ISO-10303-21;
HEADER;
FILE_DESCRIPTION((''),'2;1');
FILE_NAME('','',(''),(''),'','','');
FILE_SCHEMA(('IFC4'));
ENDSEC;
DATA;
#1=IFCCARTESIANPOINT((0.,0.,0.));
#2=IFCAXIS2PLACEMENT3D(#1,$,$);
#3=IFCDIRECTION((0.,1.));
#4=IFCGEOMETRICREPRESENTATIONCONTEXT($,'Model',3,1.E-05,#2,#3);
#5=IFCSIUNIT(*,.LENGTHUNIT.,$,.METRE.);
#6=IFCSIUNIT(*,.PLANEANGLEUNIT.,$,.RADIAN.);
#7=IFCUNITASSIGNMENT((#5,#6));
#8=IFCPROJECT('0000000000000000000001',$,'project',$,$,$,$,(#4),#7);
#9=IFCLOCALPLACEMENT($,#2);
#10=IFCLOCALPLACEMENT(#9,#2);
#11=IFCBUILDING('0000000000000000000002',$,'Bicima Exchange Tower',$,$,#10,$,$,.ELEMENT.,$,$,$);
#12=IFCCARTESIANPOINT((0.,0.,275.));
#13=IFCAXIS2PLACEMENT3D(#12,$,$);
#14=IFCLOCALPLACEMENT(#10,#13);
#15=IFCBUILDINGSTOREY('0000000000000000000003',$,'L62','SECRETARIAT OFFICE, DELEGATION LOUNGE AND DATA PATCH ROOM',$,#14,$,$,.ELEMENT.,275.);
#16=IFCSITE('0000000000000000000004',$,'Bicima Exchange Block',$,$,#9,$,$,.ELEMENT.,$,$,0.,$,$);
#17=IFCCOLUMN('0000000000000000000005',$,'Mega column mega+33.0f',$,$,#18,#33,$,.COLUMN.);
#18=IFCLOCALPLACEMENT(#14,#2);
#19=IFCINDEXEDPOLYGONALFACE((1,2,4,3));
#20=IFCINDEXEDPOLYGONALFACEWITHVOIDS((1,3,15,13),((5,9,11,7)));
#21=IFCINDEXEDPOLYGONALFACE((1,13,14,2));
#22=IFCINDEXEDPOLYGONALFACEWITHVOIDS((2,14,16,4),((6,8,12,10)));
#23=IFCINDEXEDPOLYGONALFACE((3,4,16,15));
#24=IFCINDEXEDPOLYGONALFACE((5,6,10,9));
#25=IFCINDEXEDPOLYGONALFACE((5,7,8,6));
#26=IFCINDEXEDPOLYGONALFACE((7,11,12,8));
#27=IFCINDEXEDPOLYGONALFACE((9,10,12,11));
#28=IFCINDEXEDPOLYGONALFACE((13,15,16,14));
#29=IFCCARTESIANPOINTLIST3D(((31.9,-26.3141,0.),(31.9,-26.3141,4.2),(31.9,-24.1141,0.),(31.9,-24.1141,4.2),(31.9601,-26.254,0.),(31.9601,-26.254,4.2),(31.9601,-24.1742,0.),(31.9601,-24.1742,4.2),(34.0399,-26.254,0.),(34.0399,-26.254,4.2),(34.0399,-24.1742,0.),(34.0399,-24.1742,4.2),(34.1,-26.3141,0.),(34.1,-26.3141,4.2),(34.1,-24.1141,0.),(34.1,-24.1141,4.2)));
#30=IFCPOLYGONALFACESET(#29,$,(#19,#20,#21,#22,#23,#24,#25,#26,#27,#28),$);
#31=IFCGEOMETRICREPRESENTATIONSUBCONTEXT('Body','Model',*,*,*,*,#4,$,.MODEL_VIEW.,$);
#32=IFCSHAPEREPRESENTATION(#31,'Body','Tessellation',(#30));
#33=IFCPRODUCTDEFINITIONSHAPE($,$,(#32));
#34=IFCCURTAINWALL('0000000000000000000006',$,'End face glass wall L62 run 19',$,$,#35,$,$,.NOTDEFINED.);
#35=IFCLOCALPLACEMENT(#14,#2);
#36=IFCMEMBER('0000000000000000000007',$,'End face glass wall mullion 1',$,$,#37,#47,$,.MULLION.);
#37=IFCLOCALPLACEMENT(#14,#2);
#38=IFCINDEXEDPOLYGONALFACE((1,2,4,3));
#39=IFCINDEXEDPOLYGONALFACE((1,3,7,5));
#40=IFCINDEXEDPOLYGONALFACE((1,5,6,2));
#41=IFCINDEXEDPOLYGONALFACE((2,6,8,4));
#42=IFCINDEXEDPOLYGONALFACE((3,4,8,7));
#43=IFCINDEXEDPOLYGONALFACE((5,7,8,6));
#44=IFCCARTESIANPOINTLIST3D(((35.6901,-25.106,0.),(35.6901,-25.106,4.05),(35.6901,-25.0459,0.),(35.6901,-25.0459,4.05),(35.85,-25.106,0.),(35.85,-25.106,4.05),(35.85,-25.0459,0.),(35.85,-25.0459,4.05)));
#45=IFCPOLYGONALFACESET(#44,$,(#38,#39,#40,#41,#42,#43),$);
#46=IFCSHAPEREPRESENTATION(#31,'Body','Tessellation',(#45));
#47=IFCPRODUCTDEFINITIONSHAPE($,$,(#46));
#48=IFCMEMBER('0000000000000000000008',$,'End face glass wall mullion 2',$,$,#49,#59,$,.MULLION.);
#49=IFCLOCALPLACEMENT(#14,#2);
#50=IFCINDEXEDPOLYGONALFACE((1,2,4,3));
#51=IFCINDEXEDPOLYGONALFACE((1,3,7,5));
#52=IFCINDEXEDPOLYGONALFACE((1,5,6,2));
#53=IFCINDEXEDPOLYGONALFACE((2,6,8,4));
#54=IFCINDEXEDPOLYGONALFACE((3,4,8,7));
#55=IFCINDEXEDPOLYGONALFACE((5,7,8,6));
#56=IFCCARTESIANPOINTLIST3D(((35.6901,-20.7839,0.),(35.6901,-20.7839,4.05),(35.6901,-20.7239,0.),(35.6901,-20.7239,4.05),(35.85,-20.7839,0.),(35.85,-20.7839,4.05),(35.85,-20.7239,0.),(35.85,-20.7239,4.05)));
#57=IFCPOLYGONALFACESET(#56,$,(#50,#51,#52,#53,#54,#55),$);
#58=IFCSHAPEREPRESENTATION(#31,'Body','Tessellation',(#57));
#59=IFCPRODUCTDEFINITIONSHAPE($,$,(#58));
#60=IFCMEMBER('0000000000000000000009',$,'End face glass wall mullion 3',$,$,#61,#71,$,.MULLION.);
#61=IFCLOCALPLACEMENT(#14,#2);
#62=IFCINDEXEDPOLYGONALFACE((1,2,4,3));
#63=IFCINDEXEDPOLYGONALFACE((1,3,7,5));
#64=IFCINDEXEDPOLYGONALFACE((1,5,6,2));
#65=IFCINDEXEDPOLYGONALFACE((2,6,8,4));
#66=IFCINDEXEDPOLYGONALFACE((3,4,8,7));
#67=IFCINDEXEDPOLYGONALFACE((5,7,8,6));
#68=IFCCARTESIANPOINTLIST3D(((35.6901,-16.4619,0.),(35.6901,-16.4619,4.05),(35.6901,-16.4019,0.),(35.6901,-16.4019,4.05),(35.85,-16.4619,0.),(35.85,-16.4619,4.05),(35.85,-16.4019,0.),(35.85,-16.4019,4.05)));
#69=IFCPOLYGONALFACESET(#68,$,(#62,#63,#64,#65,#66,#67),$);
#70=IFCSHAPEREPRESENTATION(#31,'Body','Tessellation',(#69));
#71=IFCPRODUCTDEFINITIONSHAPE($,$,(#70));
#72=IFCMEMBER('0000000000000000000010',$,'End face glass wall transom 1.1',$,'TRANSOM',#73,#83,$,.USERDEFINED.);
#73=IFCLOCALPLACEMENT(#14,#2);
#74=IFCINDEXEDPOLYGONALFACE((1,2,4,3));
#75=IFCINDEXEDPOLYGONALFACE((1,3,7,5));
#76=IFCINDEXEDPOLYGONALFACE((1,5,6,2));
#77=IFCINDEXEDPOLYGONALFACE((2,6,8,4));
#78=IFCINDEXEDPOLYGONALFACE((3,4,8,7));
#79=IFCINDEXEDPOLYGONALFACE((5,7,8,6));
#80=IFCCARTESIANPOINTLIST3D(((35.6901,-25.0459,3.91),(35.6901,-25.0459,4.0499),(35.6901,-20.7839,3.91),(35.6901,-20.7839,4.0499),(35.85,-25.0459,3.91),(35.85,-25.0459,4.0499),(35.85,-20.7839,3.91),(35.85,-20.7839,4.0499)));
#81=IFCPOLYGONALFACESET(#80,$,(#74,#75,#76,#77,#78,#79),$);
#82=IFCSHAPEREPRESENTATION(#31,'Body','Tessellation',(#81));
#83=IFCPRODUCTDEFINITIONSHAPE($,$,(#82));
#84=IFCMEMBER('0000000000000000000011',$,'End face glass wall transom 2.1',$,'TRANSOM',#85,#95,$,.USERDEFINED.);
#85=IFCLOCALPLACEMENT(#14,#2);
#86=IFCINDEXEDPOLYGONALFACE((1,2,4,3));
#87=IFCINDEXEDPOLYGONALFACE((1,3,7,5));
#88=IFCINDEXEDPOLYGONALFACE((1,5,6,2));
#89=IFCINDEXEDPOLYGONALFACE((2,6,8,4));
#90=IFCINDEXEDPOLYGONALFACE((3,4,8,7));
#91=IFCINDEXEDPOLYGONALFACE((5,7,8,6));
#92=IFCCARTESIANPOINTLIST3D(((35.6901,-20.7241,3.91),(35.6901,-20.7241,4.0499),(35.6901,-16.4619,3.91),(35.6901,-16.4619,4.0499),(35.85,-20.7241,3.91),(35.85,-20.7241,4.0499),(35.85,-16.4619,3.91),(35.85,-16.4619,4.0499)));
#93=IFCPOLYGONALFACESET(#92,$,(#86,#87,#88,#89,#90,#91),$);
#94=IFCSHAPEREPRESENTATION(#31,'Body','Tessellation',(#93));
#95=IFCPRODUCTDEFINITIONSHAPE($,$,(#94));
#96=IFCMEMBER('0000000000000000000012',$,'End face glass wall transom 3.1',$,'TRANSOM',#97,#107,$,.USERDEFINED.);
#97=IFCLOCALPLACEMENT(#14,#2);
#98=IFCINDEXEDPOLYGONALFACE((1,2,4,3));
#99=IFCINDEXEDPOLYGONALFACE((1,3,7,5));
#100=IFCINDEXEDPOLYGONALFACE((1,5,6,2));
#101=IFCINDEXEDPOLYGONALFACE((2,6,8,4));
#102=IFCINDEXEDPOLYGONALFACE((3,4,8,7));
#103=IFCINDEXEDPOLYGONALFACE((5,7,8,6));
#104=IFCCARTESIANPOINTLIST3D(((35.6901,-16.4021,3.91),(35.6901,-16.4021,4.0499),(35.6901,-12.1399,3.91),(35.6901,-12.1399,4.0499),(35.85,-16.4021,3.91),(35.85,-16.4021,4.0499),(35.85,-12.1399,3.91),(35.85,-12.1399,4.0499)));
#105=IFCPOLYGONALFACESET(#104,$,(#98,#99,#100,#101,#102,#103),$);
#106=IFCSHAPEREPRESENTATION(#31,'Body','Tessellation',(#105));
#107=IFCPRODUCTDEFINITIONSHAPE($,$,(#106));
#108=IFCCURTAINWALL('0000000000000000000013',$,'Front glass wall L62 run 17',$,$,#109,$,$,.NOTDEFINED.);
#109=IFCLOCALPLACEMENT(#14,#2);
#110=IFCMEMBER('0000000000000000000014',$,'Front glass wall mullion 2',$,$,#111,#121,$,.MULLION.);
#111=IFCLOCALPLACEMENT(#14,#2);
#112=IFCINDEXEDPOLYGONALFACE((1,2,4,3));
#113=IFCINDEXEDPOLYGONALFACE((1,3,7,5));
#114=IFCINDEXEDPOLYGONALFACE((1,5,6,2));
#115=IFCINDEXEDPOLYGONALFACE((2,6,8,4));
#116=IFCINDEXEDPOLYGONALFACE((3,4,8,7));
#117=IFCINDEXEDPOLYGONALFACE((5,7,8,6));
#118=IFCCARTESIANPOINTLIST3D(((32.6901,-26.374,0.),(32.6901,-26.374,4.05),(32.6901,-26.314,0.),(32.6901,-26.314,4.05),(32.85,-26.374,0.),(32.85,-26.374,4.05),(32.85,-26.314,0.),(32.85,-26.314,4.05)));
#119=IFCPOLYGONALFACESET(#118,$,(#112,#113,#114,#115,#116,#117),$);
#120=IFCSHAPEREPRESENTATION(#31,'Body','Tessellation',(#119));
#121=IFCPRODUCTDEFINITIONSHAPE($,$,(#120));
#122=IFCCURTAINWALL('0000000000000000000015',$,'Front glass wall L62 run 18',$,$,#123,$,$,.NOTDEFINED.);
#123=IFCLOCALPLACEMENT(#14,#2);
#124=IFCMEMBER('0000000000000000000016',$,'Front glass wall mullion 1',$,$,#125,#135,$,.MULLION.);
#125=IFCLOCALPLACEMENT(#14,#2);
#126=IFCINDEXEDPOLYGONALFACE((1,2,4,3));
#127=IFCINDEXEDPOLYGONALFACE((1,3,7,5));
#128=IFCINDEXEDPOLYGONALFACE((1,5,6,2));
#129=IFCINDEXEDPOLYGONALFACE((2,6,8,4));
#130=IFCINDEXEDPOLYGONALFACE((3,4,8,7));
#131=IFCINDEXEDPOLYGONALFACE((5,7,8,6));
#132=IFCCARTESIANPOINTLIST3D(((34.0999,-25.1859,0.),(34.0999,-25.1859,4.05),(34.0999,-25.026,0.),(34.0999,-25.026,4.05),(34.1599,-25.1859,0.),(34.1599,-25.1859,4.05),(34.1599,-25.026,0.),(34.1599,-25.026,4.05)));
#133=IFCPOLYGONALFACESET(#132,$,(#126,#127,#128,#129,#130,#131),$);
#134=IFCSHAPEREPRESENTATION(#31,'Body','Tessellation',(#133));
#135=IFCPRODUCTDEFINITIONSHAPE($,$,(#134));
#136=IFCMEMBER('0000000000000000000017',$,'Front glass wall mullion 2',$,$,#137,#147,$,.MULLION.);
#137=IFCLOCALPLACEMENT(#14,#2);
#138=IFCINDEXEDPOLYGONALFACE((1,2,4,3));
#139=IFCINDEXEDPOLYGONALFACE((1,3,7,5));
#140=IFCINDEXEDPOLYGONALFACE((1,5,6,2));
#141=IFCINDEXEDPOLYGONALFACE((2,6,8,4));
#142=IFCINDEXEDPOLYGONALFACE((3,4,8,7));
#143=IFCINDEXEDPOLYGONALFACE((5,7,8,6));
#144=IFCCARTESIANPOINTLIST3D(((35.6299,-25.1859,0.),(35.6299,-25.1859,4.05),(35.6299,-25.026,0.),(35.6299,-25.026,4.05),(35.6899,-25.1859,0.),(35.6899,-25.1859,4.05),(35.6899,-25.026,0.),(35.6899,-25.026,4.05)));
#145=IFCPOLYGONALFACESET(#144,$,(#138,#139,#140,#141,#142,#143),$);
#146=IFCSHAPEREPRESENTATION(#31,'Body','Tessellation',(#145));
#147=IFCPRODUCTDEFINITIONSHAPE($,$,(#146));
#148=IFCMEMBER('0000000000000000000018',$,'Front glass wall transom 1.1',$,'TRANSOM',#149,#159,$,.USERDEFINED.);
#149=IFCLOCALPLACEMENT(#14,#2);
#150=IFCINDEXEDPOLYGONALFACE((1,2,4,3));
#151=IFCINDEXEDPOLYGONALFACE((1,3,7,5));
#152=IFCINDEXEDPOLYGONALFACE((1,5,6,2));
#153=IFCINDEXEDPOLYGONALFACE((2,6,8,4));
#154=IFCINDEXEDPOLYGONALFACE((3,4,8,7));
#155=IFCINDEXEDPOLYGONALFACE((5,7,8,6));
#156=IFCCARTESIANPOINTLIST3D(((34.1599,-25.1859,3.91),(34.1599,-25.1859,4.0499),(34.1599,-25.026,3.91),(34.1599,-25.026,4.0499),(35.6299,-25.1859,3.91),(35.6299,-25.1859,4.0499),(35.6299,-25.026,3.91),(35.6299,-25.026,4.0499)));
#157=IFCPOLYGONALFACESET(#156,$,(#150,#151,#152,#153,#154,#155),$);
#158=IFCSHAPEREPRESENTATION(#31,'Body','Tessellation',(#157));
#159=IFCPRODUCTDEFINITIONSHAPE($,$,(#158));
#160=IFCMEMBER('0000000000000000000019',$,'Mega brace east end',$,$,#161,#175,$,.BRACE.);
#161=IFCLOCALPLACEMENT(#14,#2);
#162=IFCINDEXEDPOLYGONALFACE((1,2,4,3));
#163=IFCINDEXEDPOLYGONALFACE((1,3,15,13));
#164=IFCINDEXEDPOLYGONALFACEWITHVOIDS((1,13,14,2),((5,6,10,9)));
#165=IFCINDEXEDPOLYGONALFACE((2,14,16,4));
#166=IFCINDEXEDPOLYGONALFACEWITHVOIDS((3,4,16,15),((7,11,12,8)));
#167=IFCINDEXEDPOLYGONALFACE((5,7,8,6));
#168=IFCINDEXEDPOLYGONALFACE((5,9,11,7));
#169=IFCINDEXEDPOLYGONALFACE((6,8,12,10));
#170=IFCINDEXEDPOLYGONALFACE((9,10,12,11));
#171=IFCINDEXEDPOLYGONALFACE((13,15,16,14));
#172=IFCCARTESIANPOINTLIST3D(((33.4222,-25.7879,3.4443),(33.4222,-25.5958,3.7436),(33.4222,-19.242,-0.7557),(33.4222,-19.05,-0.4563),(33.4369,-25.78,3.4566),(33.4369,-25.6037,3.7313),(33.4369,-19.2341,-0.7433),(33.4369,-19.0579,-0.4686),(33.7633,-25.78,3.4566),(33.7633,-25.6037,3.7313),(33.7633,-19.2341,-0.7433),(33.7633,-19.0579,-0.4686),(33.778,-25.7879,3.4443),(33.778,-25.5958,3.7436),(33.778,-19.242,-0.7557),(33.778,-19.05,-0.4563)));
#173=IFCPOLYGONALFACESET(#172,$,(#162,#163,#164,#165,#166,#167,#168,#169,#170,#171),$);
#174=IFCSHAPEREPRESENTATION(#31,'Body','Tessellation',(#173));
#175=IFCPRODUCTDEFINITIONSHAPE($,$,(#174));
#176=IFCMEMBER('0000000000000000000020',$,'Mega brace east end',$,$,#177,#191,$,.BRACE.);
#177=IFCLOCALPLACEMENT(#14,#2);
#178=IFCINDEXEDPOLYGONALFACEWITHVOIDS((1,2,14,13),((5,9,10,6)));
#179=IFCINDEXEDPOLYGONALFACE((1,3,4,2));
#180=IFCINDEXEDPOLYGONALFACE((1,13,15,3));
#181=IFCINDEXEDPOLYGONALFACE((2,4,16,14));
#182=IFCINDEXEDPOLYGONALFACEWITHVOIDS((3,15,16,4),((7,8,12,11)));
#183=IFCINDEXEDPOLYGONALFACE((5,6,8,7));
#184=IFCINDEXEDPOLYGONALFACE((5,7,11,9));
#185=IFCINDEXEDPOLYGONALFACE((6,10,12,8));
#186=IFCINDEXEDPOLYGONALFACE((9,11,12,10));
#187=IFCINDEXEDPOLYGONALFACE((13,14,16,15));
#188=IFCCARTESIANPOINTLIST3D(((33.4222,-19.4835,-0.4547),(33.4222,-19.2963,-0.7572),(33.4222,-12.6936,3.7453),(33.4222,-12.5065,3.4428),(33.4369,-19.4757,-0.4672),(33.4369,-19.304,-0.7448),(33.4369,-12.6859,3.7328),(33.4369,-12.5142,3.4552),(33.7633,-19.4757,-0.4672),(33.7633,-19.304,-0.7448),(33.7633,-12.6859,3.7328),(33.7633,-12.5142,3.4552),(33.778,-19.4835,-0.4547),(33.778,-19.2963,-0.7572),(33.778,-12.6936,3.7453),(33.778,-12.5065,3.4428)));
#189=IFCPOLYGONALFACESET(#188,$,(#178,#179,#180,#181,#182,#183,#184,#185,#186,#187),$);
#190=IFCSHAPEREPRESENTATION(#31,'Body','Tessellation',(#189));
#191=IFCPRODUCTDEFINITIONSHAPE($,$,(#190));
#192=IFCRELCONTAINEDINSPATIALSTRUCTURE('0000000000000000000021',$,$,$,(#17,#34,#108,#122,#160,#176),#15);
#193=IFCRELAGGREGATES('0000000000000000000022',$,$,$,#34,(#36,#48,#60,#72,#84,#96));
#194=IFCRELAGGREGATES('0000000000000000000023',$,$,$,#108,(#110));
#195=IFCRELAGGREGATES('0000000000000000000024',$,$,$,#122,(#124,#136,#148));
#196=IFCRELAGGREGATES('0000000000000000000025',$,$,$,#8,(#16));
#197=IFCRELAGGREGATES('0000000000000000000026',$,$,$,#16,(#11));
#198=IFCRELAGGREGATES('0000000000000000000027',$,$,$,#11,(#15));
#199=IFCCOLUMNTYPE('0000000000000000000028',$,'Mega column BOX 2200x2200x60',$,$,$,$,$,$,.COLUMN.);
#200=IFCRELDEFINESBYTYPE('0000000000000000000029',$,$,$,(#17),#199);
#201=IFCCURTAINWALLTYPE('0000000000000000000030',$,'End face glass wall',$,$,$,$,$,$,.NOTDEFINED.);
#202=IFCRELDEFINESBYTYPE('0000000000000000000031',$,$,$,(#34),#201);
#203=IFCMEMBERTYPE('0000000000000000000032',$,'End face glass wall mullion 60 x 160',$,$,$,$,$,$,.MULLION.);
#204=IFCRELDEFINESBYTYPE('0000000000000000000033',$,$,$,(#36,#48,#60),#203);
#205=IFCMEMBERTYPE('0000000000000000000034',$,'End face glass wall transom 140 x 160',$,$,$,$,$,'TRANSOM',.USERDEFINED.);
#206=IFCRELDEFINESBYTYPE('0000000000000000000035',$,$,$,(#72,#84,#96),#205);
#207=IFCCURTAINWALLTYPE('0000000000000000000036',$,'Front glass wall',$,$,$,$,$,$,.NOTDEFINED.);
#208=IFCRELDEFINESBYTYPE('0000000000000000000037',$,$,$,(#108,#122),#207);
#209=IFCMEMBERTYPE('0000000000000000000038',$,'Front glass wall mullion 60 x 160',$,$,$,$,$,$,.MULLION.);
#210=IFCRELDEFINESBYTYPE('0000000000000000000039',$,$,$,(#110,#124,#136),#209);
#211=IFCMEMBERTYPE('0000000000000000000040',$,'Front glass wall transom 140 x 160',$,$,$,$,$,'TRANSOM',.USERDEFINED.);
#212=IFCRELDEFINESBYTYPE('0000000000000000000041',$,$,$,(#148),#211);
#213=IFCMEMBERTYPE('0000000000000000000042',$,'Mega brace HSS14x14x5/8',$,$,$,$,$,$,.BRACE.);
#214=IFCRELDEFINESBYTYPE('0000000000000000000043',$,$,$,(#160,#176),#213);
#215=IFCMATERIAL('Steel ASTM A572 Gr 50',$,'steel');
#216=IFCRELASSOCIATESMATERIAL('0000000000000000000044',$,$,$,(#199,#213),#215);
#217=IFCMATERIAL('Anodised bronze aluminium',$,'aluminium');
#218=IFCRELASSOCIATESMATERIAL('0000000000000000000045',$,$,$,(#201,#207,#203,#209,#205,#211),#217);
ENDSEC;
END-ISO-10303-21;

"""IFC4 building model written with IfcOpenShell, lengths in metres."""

from ifc_helpers import new_model, si_unit, direction, frame, origin, origin_2d, place, context, subcontext, project, spatial, rectangle, hollow_rectangle, extrude, material, material_profile, profile_set, type_object, element, aggregate, save


model = new_model("IFC4")

# Units and contexts
model_context = context("Model", 3, precision=1e-05, world=origin(), true_north=direction((0.0, 1.0)))
body_context = subcontext(model_context, "Body", "Model", "MODEL_VIEW")
ifc_project = project(units=[si_unit("LENGTHUNIT", "METRE"), si_unit("PLANEANGLEUNIT", "RADIAN")], contexts=[model_context])

# Site, building, storey
site_placement = place(None, origin())
site = spatial("IfcSite", under=ifc_project, at=site_placement, Name="Bicima Exchange Block", CompositionType="ELEMENT", RefElevation=0.0)
building_placement = place(site_placement, origin())
building = spatial("IfcBuilding", under=site, at=building_placement, Name="Bicima Exchange Tower", CompositionType="ELEMENT")
storey_placement = place(building_placement, frame((0.0, 0.0, 275.0)))
storey = spatial("IfcBuildingStorey", under=building, at=storey_placement, Name="L62", Description="SECRETARIAT OFFICE, DELEGATION LOUNGE AND DATA PATCH ROOM", CompositionType="ELEMENT", Elevation=275.0)

# Column
ifc_material_1 = material(Name="Steel ASTM A572 Gr 50", Category="steel")
ifc_material_profile_1 = material_profile(ifc_material_1, hollow_rectangle(XDim=2.2, YDim=2.2, WallThickness=0.0601, at=origin_2d()))
ifc_profile_set_1 = profile_set([ifc_material_profile_1], Name="Steel ASTM A572 Gr 50")
column_type = type_object("IfcColumnType", Name="Mega column BOX 2200x2200x60", PredefinedType="COLUMN", material=ifc_profile_set_1)
column_placement = place(storey_placement, frame((33.0, -25.2141, 0.0), z_axis=(0.0, 0.0, 1.0), x_axis=(1.0, 0.0, 0.0)))
element("IfcColumn", 1, at=column_placement, inside=storey, type_object=column_type, Name="Mega column mega+33.0f", PredefinedType="COLUMN", context=body_context, shape_type="SweptSolid", body=[
    extrude(hollow_rectangle(XDim=2.2, YDim=2.2, WallThickness=0.0601, at=origin_2d()), origin(), (0.0, 0.0, 1.0), 4.2),
])

# Curtain wall, members
ifc_material_2 = material(Name="Anodised bronze aluminium", Category="aluminium")
curtain_wall_type_1 = type_object("IfcCurtainWallType", Name="End face glass wall", PredefinedType="NOTDEFINED", material=ifc_material_2)
curtain_wall_1_placement = place(storey_placement, origin())
curtain_wall_1 = element("IfcCurtainWall", 2, at=curtain_wall_1_placement, inside=storey, type_object=curtain_wall_type_1, Name="End face glass wall L62 run 19", PredefinedType="NOTDEFINED")
ifc_material_profile_2 = material_profile(ifc_material_2, rectangle(XDim=0.1599, YDim=0.0601, at=origin_2d()))
ifc_profile_set_2 = profile_set([ifc_material_profile_2], Name="Anodised bronze aluminium")
member_type_1 = type_object("IfcMemberType", Name="End face glass wall mullion 60 x 160", PredefinedType="MULLION", material=ifc_profile_set_2)
member_1_placement = place(storey_placement, frame((35.77, -25.0759, 0.0), z_axis=(0.0, 0.0, 1.0), x_axis=(-1.0, 0.0, 0.0)))
member_1 = element("IfcMember", 3, at=member_1_placement, type_object=member_type_1, Name="End face glass wall mullion 1", PredefinedType="MULLION", context=body_context, shape_type="SweptSolid", body=[
    extrude(rectangle(XDim=0.1599, YDim=0.0601, at=origin_2d()), origin(), (0.0, 0.0, 1.0), 4.05),
])
member_2_placement = place(storey_placement, frame((35.77, -20.7539, 0.0), z_axis=(0.0, 0.0, 1.0), x_axis=(-1.0, 0.0, 0.0)))
member_2 = element("IfcMember", 4, at=member_2_placement, type_object=member_type_1, Name="End face glass wall mullion 2", PredefinedType="MULLION", context=body_context, shape_type="SweptSolid", body=[
    extrude(rectangle(XDim=0.1599, YDim=0.0601, at=origin_2d()), origin(), (0.0, 0.0, 1.0), 4.05),
])
member_3_placement = place(storey_placement, frame((35.77, -16.4319, 0.0), z_axis=(0.0, 0.0, 1.0), x_axis=(-1.0, 0.0, 0.0)))
member_3 = element("IfcMember", 5, at=member_3_placement, type_object=member_type_1, Name="End face glass wall mullion 3", PredefinedType="MULLION", context=body_context, shape_type="SweptSolid", body=[
    extrude(rectangle(XDim=0.1599, YDim=0.0601, at=origin_2d()), origin(), (0.0, 0.0, 1.0), 4.05),
])
ifc_material_profile_3 = material_profile(ifc_material_2, rectangle(XDim=0.1599, YDim=0.1399, at=origin_2d()))
ifc_profile_set_3 = profile_set([ifc_material_profile_3], Name="Anodised bronze aluminium")
member_type_2 = type_object("IfcMemberType", Name="End face glass wall transom 140 x 160", ElementType="TRANSOM", PredefinedType="USERDEFINED", material=ifc_profile_set_3)
member_4_placement = place(storey_placement, frame((35.77, -25.0459, 3.98), z_axis=(0.0, 1.0, 0.0), x_axis=(-1.0, 0.0, 0.0)))
member_4 = element("IfcMember", 6, at=member_4_placement, type_object=member_type_2, Name="End face glass wall transom 1.1", ObjectType="TRANSOM", PredefinedType="USERDEFINED", context=body_context, shape_type="SweptSolid", body=[
    extrude(rectangle(XDim=0.1599, YDim=0.1399, at=origin_2d()), origin(), (0.0, 0.0, 1.0), 4.262),
])
member_5_placement = place(storey_placement, frame((35.77, -20.7241, 3.98), z_axis=(0.0, 1.0, 0.0), x_axis=(-1.0, 0.0, 0.0)))
member_5 = element("IfcMember", 7, at=member_5_placement, type_object=member_type_2, Name="End face glass wall transom 2.1", ObjectType="TRANSOM", PredefinedType="USERDEFINED", context=body_context, shape_type="SweptSolid", body=[
    extrude(rectangle(XDim=0.1599, YDim=0.1399, at=origin_2d()), origin(), (0.0, 0.0, 1.0), 4.2622),
])
member_6_placement = place(storey_placement, frame((35.77, -16.4021, 3.98), z_axis=(0.0, 1.0, 0.0), x_axis=(-1.0, 0.0, 0.0)))
member_6 = element("IfcMember", 8, at=member_6_placement, type_object=member_type_2, Name="End face glass wall transom 3.1", ObjectType="TRANSOM", PredefinedType="USERDEFINED", context=body_context, shape_type="SweptSolid", body=[
    extrude(rectangle(XDim=0.1599, YDim=0.1399, at=origin_2d()), origin(), (0.0, 0.0, 1.0), 4.2622),
])

# Curtain wall, member
curtain_wall_type_2 = type_object("IfcCurtainWallType", Name="Front glass wall", PredefinedType="NOTDEFINED", material=ifc_material_2)
curtain_wall_2_placement = place(storey_placement, origin())
curtain_wall_2 = element("IfcCurtainWall", 9, at=curtain_wall_2_placement, inside=storey, type_object=curtain_wall_type_2, Name="Front glass wall L62 run 17", PredefinedType="NOTDEFINED")
member_type_3 = type_object("IfcMemberType", Name="Front glass wall mullion 60 x 160", PredefinedType="MULLION", material=ifc_profile_set_2)
member_7_placement = place(storey_placement, frame((32.77, -26.344, 0.0), z_axis=(0.0, 0.0, 1.0), x_axis=(-1.0, 0.0, 0.0)))
member_7 = element("IfcMember", 10, at=member_7_placement, type_object=member_type_3, Name="Front glass wall mullion 2", PredefinedType="MULLION", context=body_context, shape_type="SweptSolid", body=[
    extrude(rectangle(XDim=0.1599, YDim=0.0601, at=origin_2d()), origin(), (0.0, 0.0, 1.0), 4.05),
])

# Curtain wall, members
curtain_wall_3_placement = place(storey_placement, origin())
curtain_wall_3 = element("IfcCurtainWall", 11, at=curtain_wall_3_placement, inside=storey, type_object=curtain_wall_type_2, Name="Front glass wall L62 run 18", PredefinedType="NOTDEFINED")
member_8_placement = place(storey_placement, frame((34.1299, -25.106, 0.0), z_axis=(0.0, 0.0, 1.0), x_axis=(0.0, 1.0, 0.0)))
member_8 = element("IfcMember", 12, at=member_8_placement, type_object=member_type_3, Name="Front glass wall mullion 1", PredefinedType="MULLION", context=body_context, shape_type="SweptSolid", body=[
    extrude(rectangle(XDim=0.1599, YDim=0.0601, at=origin_2d()), origin(), (0.0, 0.0, 1.0), 4.05),
])
member_9_placement = place(storey_placement, frame((35.6599, -25.106, 0.0), z_axis=(0.0, 0.0, 1.0), x_axis=(0.0, 1.0, 0.0)))
member_9 = element("IfcMember", 13, at=member_9_placement, type_object=member_type_3, Name="Front glass wall mullion 2", PredefinedType="MULLION", context=body_context, shape_type="SweptSolid", body=[
    extrude(rectangle(XDim=0.1599, YDim=0.0601, at=origin_2d()), origin(), (0.0, 0.0, 1.0), 4.05),
])
member_type_4 = type_object("IfcMemberType", Name="Front glass wall transom 140 x 160", ElementType="TRANSOM", PredefinedType="USERDEFINED", material=ifc_profile_set_3)
member_10_placement = place(storey_placement, frame((34.1599, -25.106, 3.98), z_axis=(1.0, 0.0, 0.0), x_axis=(0.0, 1.0, 0.0)))
member_10 = element("IfcMember", 14, at=member_10_placement, type_object=member_type_4, Name="Front glass wall transom 1.1", ObjectType="TRANSOM", PredefinedType="USERDEFINED", context=body_context, shape_type="SweptSolid", body=[
    extrude(rectangle(XDim=0.1599, YDim=0.1399, at=origin_2d()), origin(), (0.0, 0.0, 1.0), 1.47),
])

# Members
ifc_material_profile_4 = material_profile(ifc_material_1, hollow_rectangle(XDim=0.3557, YDim=0.3557, WallThickness=0.0146, at=origin_2d()))
ifc_profile_set_4 = profile_set([ifc_material_profile_4], Name="Steel ASTM A572 Gr 50")
member_type_5 = type_object("IfcMemberType", Name="Mega brace HSS14x14x5/8", PredefinedType="BRACE", material=ifc_profile_set_4)
member_11_placement = place(storey_placement, frame((33.6001, -19.146, -0.606), z_axis=(0.0, -0.841653, 0.540018), x_axis=(1.0, 0.0, 0.0)))
element("IfcMember", 15, at=member_11_placement, inside=storey, type_object=member_type_5, Name="Mega brace east end", PredefinedType="BRACE", context=body_context, shape_type="SweptSolid", body=[
    extrude(hollow_rectangle(XDim=0.3557, YDim=0.3557, WallThickness=0.0146, at=origin_2d()), origin(), (0.0, 0.0, 1.0), 7.7773),
])
member_12_placement = place(storey_placement, frame((33.6001, -19.3899, -0.606), z_axis=(0.0, 0.850448, 0.52606), x_axis=(-1.0, 0.0, 0.0)))
element("IfcMember", 16, at=member_12_placement, inside=storey, type_object=member_type_5, Name="Mega brace east end", PredefinedType="BRACE", context=body_context, shape_type="SweptSolid", body=[
    extrude(hollow_rectangle(XDim=0.3557, YDim=0.3557, WallThickness=0.0146, at=origin_2d()), origin(), (0.0, 0.0, 1.0), 7.9839),
])

aggregate(curtain_wall_1, [member_1, member_2, member_3, member_4, member_5, member_6])
aggregate(curtain_wall_2, [member_7])
aggregate(curtain_wall_3, [member_8, member_9, member_10])

save(model, "model.ifc")
